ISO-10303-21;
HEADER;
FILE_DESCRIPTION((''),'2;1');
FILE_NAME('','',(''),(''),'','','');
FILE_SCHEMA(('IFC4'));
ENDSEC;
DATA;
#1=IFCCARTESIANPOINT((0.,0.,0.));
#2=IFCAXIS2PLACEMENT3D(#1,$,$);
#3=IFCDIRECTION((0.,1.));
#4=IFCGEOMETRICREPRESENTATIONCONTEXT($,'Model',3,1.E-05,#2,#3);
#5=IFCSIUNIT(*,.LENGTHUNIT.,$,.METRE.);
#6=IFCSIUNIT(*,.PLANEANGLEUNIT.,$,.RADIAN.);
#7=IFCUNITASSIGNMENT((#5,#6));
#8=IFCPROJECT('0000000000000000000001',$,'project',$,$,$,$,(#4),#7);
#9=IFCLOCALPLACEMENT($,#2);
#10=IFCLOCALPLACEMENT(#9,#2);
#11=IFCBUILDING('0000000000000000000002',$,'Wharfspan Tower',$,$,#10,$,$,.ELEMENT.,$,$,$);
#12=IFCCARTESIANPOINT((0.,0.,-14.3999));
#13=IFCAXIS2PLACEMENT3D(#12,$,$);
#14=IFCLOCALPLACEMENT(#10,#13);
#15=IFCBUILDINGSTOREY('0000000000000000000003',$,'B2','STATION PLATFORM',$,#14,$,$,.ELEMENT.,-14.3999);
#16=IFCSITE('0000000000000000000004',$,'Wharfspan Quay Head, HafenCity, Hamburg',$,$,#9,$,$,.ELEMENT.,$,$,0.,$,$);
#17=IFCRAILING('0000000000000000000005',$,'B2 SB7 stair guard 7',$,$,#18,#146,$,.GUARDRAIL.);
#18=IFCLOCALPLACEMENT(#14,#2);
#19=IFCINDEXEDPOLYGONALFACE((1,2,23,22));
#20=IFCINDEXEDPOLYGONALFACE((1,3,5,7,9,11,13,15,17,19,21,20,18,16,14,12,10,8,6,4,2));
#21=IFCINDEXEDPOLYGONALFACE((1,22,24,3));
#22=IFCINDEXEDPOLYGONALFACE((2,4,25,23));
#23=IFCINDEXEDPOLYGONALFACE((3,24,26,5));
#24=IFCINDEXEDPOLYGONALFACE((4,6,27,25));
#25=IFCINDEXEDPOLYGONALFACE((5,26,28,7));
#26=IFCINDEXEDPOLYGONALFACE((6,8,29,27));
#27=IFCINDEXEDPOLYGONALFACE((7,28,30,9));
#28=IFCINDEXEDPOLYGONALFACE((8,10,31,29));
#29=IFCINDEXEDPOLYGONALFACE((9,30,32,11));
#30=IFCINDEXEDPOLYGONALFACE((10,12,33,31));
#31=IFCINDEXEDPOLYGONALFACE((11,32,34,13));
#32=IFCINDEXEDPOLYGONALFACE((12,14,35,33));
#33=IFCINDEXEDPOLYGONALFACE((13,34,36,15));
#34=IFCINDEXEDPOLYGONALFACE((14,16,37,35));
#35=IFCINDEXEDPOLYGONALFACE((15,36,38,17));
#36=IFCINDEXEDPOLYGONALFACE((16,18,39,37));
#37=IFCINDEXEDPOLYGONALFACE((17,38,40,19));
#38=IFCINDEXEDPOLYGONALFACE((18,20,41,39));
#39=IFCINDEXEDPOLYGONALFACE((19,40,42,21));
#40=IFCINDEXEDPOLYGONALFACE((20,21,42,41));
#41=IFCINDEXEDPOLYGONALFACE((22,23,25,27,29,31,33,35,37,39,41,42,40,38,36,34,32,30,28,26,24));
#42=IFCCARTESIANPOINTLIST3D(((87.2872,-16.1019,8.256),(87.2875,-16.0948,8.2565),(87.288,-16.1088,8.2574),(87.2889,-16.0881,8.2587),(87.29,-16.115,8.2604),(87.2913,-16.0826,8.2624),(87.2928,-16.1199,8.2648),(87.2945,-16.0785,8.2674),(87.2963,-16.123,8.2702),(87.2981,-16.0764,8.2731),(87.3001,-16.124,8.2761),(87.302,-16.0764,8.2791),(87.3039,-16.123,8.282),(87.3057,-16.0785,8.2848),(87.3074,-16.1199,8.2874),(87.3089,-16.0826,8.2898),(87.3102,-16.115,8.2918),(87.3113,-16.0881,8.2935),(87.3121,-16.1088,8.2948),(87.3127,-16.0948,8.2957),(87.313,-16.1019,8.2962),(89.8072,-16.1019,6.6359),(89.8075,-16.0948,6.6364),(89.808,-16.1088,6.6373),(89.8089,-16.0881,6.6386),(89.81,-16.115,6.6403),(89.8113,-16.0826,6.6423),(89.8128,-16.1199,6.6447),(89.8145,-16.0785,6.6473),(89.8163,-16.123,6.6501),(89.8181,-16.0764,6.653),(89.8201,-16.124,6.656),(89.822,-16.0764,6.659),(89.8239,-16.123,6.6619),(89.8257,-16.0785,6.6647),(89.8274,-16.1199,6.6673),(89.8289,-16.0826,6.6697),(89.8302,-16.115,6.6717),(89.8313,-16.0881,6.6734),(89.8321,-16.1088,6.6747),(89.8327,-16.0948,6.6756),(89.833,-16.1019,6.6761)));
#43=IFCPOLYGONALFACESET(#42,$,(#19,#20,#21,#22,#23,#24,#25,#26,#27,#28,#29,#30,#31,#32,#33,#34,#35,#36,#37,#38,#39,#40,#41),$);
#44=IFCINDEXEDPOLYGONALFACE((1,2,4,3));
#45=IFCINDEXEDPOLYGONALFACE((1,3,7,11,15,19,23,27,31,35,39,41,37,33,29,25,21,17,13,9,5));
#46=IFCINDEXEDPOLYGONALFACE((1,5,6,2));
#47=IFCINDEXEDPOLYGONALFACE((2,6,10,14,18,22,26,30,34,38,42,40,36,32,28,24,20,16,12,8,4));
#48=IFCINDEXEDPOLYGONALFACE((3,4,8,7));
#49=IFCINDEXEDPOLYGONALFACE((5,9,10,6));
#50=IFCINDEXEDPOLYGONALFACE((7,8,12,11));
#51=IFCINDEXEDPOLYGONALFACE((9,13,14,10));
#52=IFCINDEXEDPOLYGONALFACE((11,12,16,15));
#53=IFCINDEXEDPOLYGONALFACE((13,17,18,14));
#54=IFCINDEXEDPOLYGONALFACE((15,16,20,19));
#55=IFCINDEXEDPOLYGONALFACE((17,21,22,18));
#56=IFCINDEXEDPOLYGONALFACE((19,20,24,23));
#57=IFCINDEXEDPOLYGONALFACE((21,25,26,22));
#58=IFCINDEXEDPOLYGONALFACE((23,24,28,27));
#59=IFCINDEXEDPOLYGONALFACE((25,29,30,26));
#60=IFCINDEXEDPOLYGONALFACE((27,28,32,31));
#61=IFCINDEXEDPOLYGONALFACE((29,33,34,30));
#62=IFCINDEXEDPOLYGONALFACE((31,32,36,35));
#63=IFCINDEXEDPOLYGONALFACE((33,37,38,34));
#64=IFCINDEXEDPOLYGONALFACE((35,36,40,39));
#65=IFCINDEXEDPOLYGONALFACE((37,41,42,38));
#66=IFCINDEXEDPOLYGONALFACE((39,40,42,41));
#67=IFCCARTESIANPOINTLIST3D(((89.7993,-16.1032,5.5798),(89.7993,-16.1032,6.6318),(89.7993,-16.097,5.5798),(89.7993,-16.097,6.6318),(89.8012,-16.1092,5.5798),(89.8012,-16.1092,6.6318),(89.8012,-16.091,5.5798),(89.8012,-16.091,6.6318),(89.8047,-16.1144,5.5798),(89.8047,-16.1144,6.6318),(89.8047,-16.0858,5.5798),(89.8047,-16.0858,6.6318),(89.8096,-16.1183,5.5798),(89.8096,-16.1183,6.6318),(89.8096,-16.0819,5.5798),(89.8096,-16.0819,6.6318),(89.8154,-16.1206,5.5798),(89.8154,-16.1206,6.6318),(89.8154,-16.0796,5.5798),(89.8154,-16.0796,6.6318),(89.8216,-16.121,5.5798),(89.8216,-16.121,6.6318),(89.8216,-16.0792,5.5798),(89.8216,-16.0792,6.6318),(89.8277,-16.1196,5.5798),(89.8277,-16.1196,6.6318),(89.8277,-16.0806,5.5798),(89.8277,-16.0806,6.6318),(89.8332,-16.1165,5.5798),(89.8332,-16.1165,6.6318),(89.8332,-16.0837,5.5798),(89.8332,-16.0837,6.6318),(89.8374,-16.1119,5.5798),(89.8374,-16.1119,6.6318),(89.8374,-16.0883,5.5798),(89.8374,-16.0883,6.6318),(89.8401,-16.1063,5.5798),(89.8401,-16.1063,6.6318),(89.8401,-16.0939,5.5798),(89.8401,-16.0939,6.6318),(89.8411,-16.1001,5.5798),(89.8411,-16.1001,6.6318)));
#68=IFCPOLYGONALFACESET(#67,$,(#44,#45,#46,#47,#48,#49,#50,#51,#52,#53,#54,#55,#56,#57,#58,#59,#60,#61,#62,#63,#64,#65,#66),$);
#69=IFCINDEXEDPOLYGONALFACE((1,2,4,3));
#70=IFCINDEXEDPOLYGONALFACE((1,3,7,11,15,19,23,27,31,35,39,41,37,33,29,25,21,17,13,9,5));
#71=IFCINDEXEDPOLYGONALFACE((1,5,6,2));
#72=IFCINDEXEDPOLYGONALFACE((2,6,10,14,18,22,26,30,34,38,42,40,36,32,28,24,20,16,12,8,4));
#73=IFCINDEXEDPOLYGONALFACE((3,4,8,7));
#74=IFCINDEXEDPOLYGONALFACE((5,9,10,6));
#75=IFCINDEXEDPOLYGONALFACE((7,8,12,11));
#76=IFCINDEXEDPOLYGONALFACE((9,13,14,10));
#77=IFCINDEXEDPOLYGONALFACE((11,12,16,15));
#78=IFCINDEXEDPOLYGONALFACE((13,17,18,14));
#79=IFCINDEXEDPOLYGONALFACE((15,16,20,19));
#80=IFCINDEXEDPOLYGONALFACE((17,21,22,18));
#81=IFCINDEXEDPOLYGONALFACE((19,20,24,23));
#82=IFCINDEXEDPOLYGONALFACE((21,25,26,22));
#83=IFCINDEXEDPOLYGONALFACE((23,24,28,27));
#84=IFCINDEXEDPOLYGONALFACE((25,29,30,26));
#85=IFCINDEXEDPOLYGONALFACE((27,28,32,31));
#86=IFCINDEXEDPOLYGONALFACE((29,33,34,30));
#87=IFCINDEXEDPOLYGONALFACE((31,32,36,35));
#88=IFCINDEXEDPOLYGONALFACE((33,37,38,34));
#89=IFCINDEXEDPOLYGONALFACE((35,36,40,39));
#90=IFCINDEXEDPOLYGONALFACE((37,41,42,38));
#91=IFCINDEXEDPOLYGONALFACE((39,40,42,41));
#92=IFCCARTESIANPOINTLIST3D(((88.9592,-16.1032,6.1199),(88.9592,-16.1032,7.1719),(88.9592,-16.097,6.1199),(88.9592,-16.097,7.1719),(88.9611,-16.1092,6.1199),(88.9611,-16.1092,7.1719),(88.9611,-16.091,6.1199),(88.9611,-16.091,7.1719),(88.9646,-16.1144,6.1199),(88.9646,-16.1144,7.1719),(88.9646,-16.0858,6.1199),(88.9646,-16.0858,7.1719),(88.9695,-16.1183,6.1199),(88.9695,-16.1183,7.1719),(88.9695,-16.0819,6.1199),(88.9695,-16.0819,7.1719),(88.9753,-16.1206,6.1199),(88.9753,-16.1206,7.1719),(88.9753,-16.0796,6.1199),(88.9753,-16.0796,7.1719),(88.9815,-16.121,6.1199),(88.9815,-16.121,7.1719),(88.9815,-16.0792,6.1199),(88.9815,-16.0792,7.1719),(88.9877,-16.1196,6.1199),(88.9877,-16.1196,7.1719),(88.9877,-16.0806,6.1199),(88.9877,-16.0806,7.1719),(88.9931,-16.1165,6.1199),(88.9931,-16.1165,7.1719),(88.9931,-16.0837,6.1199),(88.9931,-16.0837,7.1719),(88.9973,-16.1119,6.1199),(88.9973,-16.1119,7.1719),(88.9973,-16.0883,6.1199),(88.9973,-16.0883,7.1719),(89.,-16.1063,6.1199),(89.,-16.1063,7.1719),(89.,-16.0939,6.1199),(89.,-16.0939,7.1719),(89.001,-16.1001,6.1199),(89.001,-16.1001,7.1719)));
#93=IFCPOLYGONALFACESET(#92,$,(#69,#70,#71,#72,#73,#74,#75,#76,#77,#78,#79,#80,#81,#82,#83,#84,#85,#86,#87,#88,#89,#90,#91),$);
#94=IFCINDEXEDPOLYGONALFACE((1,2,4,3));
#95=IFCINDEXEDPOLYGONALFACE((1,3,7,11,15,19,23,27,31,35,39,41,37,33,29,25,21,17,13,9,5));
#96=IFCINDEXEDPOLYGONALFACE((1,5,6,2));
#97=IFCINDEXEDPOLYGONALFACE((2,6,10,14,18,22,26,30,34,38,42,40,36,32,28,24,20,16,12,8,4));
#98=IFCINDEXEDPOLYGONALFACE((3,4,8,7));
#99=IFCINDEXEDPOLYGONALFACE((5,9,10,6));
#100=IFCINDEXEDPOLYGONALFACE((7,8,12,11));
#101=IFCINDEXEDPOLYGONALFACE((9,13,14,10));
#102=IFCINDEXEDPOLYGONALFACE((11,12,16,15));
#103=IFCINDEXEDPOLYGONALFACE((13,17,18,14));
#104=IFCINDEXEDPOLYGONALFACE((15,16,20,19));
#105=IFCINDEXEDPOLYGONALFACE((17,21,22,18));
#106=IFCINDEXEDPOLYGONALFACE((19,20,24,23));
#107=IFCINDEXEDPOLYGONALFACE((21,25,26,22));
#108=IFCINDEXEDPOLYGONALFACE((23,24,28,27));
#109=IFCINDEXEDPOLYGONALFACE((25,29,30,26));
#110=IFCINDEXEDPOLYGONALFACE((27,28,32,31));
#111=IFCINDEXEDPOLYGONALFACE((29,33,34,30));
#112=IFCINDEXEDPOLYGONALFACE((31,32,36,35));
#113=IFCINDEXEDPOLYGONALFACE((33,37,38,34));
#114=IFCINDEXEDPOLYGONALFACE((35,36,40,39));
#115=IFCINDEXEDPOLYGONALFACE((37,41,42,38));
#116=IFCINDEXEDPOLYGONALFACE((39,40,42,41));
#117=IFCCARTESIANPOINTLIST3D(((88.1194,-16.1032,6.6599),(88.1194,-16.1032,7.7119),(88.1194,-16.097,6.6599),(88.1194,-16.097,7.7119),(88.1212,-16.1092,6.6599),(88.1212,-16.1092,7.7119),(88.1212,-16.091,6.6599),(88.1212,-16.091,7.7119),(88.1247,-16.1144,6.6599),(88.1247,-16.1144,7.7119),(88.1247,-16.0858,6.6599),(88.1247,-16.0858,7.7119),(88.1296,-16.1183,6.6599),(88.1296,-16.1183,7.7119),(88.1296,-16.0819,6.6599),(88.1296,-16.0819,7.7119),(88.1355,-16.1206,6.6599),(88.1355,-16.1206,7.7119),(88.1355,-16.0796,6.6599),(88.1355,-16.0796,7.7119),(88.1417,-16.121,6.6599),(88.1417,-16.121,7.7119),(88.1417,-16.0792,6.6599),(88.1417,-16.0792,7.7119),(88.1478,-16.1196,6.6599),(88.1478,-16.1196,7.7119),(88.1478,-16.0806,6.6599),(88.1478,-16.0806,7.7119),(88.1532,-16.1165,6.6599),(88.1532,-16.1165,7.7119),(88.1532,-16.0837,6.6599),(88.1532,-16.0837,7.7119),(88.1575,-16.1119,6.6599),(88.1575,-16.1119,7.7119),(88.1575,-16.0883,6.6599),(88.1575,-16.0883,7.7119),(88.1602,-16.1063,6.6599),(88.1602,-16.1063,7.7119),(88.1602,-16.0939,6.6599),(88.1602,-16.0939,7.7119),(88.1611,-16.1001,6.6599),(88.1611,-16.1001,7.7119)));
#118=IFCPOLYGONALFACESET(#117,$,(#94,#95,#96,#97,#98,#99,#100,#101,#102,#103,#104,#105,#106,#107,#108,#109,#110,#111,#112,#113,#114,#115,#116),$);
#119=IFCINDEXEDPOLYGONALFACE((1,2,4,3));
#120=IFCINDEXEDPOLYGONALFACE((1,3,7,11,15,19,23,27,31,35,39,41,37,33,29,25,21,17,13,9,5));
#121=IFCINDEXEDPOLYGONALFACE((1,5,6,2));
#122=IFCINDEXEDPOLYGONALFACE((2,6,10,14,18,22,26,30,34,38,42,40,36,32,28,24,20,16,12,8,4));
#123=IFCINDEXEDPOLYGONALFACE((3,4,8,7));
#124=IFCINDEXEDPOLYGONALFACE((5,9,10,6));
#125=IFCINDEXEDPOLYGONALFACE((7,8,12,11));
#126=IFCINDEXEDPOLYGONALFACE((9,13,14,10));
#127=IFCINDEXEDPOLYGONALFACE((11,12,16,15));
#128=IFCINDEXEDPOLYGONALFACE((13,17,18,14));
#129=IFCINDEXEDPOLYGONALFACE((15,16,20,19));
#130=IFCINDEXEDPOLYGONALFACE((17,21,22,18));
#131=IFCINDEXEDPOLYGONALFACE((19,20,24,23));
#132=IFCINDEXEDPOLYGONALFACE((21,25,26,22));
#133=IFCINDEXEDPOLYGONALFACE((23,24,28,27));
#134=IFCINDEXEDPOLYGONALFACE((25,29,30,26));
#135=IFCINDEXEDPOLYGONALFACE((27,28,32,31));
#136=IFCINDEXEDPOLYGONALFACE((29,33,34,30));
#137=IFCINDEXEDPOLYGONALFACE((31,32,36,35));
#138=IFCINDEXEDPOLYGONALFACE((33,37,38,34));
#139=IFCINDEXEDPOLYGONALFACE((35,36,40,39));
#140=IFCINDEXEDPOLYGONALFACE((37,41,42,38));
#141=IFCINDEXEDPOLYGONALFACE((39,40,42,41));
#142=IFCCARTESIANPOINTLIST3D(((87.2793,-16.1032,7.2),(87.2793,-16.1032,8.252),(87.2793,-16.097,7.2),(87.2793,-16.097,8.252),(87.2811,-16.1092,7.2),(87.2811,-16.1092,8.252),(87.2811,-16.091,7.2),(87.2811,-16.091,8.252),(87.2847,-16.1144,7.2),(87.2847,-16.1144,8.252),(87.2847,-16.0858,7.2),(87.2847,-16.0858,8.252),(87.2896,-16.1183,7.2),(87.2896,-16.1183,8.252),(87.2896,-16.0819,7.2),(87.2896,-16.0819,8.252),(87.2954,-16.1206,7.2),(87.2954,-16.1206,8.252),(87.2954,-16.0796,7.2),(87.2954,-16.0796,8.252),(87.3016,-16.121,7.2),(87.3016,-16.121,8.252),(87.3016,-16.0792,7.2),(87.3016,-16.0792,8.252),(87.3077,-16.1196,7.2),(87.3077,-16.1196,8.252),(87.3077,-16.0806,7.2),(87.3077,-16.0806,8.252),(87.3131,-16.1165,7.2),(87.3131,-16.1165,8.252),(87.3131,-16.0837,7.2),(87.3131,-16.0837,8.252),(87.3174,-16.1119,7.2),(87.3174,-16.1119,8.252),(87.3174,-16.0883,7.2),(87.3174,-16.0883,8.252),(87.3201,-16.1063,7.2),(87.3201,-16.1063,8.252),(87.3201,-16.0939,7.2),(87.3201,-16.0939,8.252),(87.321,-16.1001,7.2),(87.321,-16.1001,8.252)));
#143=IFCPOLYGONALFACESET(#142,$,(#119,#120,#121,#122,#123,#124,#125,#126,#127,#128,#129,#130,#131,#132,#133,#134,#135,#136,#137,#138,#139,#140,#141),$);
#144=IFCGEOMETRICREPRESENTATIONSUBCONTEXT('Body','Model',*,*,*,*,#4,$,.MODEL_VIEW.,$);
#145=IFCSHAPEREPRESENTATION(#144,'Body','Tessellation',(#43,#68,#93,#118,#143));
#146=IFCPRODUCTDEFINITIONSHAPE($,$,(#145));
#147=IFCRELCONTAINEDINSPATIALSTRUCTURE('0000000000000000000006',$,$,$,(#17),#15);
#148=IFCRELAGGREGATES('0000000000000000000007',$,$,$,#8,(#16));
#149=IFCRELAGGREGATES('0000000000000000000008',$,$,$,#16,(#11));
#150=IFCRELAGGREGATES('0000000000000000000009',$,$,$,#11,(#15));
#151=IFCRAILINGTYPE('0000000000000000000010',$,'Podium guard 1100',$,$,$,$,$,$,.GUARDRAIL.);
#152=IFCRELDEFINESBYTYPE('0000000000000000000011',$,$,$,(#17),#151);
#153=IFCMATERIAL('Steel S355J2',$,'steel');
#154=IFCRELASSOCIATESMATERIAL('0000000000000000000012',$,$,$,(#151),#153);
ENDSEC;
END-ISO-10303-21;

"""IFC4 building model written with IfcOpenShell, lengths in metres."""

from ifc_helpers import new_model, si_unit, direction, frame, origin, origin_2d, place, context, subcontext, project, spatial, circle, extrude, material, type_object, element, save


model = new_model("IFC4")

# Units and contexts
model_context = context("Model", 3, precision=1e-05, world=origin(), true_north=direction((0.0, 1.0)))
body_context = subcontext(model_context, "Body", "Model", "MODEL_VIEW")
ifc_project = project(units=[si_unit("LENGTHUNIT", "METRE"), si_unit("PLANEANGLEUNIT", "RADIAN")], contexts=[model_context])

# Site, building, storey
site_placement = place(None, origin())
site = spatial("IfcSite", under=ifc_project, at=site_placement, Name="Wharfspan Quay Head, HafenCity, Hamburg", CompositionType="ELEMENT", RefElevation=0.0)
building_placement = place(site_placement, origin())
building = spatial("IfcBuilding", under=site, at=building_placement, Name="Wharfspan Tower", CompositionType="ELEMENT")
storey_placement = place(building_placement, frame((0.0, 0.0, -14.3999)))
storey = spatial("IfcBuildingStorey", under=building, at=storey_placement, Name="B2", Description="STATION PLATFORM", CompositionType="ELEMENT", Elevation=-14.3999)

# Railing
ifc_material_1 = material(Name="Steel S355J2", Category="steel")
railing_type_1 = type_object("IfcRailingType", Name="Podium guard 1100", PredefinedType="GUARDRAIL", material=ifc_material_1)
railing_1_placement = place(storey_placement, frame((89.8201, -16.1001, 5.5798)))
element("IfcRailing", 1, at=railing_1_placement, inside=storey, type_object=railing_type_1, Name="B2 SB7 stair guard 7", PredefinedType="GUARDRAIL", context=body_context, shape_type="SweptSolid", body=[
    extrude(circle(Radius=0.0239, at=origin_2d()), frame((0.0, 0.0, 1.0762), z_axis=(-0.841163, 0.0, 0.540782), x_axis=(0.0, -1.0, 0.0)), (0.0, 0.0, 1.0), 2.9958),
    extrude(circle(Radius=0.021, at=origin_2d()), origin(), (0.0, 0.0, 1.0), 1.052),
    extrude(circle(Radius=0.021, at=origin_2d()), frame((-0.8401, 0.0, 0.54)), (0.0, 0.0, 1.0), 1.052),
    extrude(circle(Radius=0.021, at=origin_2d()), frame((-1.6799, 0.0, 1.0801)), (0.0, 0.0, 1.0), 1.052),
    extrude(circle(Radius=0.021, at=origin_2d()), frame((-2.52, 0.0, 1.6201)), (0.0, 0.0, 1.0), 1.052),
])

save(model, "model.ifc")
